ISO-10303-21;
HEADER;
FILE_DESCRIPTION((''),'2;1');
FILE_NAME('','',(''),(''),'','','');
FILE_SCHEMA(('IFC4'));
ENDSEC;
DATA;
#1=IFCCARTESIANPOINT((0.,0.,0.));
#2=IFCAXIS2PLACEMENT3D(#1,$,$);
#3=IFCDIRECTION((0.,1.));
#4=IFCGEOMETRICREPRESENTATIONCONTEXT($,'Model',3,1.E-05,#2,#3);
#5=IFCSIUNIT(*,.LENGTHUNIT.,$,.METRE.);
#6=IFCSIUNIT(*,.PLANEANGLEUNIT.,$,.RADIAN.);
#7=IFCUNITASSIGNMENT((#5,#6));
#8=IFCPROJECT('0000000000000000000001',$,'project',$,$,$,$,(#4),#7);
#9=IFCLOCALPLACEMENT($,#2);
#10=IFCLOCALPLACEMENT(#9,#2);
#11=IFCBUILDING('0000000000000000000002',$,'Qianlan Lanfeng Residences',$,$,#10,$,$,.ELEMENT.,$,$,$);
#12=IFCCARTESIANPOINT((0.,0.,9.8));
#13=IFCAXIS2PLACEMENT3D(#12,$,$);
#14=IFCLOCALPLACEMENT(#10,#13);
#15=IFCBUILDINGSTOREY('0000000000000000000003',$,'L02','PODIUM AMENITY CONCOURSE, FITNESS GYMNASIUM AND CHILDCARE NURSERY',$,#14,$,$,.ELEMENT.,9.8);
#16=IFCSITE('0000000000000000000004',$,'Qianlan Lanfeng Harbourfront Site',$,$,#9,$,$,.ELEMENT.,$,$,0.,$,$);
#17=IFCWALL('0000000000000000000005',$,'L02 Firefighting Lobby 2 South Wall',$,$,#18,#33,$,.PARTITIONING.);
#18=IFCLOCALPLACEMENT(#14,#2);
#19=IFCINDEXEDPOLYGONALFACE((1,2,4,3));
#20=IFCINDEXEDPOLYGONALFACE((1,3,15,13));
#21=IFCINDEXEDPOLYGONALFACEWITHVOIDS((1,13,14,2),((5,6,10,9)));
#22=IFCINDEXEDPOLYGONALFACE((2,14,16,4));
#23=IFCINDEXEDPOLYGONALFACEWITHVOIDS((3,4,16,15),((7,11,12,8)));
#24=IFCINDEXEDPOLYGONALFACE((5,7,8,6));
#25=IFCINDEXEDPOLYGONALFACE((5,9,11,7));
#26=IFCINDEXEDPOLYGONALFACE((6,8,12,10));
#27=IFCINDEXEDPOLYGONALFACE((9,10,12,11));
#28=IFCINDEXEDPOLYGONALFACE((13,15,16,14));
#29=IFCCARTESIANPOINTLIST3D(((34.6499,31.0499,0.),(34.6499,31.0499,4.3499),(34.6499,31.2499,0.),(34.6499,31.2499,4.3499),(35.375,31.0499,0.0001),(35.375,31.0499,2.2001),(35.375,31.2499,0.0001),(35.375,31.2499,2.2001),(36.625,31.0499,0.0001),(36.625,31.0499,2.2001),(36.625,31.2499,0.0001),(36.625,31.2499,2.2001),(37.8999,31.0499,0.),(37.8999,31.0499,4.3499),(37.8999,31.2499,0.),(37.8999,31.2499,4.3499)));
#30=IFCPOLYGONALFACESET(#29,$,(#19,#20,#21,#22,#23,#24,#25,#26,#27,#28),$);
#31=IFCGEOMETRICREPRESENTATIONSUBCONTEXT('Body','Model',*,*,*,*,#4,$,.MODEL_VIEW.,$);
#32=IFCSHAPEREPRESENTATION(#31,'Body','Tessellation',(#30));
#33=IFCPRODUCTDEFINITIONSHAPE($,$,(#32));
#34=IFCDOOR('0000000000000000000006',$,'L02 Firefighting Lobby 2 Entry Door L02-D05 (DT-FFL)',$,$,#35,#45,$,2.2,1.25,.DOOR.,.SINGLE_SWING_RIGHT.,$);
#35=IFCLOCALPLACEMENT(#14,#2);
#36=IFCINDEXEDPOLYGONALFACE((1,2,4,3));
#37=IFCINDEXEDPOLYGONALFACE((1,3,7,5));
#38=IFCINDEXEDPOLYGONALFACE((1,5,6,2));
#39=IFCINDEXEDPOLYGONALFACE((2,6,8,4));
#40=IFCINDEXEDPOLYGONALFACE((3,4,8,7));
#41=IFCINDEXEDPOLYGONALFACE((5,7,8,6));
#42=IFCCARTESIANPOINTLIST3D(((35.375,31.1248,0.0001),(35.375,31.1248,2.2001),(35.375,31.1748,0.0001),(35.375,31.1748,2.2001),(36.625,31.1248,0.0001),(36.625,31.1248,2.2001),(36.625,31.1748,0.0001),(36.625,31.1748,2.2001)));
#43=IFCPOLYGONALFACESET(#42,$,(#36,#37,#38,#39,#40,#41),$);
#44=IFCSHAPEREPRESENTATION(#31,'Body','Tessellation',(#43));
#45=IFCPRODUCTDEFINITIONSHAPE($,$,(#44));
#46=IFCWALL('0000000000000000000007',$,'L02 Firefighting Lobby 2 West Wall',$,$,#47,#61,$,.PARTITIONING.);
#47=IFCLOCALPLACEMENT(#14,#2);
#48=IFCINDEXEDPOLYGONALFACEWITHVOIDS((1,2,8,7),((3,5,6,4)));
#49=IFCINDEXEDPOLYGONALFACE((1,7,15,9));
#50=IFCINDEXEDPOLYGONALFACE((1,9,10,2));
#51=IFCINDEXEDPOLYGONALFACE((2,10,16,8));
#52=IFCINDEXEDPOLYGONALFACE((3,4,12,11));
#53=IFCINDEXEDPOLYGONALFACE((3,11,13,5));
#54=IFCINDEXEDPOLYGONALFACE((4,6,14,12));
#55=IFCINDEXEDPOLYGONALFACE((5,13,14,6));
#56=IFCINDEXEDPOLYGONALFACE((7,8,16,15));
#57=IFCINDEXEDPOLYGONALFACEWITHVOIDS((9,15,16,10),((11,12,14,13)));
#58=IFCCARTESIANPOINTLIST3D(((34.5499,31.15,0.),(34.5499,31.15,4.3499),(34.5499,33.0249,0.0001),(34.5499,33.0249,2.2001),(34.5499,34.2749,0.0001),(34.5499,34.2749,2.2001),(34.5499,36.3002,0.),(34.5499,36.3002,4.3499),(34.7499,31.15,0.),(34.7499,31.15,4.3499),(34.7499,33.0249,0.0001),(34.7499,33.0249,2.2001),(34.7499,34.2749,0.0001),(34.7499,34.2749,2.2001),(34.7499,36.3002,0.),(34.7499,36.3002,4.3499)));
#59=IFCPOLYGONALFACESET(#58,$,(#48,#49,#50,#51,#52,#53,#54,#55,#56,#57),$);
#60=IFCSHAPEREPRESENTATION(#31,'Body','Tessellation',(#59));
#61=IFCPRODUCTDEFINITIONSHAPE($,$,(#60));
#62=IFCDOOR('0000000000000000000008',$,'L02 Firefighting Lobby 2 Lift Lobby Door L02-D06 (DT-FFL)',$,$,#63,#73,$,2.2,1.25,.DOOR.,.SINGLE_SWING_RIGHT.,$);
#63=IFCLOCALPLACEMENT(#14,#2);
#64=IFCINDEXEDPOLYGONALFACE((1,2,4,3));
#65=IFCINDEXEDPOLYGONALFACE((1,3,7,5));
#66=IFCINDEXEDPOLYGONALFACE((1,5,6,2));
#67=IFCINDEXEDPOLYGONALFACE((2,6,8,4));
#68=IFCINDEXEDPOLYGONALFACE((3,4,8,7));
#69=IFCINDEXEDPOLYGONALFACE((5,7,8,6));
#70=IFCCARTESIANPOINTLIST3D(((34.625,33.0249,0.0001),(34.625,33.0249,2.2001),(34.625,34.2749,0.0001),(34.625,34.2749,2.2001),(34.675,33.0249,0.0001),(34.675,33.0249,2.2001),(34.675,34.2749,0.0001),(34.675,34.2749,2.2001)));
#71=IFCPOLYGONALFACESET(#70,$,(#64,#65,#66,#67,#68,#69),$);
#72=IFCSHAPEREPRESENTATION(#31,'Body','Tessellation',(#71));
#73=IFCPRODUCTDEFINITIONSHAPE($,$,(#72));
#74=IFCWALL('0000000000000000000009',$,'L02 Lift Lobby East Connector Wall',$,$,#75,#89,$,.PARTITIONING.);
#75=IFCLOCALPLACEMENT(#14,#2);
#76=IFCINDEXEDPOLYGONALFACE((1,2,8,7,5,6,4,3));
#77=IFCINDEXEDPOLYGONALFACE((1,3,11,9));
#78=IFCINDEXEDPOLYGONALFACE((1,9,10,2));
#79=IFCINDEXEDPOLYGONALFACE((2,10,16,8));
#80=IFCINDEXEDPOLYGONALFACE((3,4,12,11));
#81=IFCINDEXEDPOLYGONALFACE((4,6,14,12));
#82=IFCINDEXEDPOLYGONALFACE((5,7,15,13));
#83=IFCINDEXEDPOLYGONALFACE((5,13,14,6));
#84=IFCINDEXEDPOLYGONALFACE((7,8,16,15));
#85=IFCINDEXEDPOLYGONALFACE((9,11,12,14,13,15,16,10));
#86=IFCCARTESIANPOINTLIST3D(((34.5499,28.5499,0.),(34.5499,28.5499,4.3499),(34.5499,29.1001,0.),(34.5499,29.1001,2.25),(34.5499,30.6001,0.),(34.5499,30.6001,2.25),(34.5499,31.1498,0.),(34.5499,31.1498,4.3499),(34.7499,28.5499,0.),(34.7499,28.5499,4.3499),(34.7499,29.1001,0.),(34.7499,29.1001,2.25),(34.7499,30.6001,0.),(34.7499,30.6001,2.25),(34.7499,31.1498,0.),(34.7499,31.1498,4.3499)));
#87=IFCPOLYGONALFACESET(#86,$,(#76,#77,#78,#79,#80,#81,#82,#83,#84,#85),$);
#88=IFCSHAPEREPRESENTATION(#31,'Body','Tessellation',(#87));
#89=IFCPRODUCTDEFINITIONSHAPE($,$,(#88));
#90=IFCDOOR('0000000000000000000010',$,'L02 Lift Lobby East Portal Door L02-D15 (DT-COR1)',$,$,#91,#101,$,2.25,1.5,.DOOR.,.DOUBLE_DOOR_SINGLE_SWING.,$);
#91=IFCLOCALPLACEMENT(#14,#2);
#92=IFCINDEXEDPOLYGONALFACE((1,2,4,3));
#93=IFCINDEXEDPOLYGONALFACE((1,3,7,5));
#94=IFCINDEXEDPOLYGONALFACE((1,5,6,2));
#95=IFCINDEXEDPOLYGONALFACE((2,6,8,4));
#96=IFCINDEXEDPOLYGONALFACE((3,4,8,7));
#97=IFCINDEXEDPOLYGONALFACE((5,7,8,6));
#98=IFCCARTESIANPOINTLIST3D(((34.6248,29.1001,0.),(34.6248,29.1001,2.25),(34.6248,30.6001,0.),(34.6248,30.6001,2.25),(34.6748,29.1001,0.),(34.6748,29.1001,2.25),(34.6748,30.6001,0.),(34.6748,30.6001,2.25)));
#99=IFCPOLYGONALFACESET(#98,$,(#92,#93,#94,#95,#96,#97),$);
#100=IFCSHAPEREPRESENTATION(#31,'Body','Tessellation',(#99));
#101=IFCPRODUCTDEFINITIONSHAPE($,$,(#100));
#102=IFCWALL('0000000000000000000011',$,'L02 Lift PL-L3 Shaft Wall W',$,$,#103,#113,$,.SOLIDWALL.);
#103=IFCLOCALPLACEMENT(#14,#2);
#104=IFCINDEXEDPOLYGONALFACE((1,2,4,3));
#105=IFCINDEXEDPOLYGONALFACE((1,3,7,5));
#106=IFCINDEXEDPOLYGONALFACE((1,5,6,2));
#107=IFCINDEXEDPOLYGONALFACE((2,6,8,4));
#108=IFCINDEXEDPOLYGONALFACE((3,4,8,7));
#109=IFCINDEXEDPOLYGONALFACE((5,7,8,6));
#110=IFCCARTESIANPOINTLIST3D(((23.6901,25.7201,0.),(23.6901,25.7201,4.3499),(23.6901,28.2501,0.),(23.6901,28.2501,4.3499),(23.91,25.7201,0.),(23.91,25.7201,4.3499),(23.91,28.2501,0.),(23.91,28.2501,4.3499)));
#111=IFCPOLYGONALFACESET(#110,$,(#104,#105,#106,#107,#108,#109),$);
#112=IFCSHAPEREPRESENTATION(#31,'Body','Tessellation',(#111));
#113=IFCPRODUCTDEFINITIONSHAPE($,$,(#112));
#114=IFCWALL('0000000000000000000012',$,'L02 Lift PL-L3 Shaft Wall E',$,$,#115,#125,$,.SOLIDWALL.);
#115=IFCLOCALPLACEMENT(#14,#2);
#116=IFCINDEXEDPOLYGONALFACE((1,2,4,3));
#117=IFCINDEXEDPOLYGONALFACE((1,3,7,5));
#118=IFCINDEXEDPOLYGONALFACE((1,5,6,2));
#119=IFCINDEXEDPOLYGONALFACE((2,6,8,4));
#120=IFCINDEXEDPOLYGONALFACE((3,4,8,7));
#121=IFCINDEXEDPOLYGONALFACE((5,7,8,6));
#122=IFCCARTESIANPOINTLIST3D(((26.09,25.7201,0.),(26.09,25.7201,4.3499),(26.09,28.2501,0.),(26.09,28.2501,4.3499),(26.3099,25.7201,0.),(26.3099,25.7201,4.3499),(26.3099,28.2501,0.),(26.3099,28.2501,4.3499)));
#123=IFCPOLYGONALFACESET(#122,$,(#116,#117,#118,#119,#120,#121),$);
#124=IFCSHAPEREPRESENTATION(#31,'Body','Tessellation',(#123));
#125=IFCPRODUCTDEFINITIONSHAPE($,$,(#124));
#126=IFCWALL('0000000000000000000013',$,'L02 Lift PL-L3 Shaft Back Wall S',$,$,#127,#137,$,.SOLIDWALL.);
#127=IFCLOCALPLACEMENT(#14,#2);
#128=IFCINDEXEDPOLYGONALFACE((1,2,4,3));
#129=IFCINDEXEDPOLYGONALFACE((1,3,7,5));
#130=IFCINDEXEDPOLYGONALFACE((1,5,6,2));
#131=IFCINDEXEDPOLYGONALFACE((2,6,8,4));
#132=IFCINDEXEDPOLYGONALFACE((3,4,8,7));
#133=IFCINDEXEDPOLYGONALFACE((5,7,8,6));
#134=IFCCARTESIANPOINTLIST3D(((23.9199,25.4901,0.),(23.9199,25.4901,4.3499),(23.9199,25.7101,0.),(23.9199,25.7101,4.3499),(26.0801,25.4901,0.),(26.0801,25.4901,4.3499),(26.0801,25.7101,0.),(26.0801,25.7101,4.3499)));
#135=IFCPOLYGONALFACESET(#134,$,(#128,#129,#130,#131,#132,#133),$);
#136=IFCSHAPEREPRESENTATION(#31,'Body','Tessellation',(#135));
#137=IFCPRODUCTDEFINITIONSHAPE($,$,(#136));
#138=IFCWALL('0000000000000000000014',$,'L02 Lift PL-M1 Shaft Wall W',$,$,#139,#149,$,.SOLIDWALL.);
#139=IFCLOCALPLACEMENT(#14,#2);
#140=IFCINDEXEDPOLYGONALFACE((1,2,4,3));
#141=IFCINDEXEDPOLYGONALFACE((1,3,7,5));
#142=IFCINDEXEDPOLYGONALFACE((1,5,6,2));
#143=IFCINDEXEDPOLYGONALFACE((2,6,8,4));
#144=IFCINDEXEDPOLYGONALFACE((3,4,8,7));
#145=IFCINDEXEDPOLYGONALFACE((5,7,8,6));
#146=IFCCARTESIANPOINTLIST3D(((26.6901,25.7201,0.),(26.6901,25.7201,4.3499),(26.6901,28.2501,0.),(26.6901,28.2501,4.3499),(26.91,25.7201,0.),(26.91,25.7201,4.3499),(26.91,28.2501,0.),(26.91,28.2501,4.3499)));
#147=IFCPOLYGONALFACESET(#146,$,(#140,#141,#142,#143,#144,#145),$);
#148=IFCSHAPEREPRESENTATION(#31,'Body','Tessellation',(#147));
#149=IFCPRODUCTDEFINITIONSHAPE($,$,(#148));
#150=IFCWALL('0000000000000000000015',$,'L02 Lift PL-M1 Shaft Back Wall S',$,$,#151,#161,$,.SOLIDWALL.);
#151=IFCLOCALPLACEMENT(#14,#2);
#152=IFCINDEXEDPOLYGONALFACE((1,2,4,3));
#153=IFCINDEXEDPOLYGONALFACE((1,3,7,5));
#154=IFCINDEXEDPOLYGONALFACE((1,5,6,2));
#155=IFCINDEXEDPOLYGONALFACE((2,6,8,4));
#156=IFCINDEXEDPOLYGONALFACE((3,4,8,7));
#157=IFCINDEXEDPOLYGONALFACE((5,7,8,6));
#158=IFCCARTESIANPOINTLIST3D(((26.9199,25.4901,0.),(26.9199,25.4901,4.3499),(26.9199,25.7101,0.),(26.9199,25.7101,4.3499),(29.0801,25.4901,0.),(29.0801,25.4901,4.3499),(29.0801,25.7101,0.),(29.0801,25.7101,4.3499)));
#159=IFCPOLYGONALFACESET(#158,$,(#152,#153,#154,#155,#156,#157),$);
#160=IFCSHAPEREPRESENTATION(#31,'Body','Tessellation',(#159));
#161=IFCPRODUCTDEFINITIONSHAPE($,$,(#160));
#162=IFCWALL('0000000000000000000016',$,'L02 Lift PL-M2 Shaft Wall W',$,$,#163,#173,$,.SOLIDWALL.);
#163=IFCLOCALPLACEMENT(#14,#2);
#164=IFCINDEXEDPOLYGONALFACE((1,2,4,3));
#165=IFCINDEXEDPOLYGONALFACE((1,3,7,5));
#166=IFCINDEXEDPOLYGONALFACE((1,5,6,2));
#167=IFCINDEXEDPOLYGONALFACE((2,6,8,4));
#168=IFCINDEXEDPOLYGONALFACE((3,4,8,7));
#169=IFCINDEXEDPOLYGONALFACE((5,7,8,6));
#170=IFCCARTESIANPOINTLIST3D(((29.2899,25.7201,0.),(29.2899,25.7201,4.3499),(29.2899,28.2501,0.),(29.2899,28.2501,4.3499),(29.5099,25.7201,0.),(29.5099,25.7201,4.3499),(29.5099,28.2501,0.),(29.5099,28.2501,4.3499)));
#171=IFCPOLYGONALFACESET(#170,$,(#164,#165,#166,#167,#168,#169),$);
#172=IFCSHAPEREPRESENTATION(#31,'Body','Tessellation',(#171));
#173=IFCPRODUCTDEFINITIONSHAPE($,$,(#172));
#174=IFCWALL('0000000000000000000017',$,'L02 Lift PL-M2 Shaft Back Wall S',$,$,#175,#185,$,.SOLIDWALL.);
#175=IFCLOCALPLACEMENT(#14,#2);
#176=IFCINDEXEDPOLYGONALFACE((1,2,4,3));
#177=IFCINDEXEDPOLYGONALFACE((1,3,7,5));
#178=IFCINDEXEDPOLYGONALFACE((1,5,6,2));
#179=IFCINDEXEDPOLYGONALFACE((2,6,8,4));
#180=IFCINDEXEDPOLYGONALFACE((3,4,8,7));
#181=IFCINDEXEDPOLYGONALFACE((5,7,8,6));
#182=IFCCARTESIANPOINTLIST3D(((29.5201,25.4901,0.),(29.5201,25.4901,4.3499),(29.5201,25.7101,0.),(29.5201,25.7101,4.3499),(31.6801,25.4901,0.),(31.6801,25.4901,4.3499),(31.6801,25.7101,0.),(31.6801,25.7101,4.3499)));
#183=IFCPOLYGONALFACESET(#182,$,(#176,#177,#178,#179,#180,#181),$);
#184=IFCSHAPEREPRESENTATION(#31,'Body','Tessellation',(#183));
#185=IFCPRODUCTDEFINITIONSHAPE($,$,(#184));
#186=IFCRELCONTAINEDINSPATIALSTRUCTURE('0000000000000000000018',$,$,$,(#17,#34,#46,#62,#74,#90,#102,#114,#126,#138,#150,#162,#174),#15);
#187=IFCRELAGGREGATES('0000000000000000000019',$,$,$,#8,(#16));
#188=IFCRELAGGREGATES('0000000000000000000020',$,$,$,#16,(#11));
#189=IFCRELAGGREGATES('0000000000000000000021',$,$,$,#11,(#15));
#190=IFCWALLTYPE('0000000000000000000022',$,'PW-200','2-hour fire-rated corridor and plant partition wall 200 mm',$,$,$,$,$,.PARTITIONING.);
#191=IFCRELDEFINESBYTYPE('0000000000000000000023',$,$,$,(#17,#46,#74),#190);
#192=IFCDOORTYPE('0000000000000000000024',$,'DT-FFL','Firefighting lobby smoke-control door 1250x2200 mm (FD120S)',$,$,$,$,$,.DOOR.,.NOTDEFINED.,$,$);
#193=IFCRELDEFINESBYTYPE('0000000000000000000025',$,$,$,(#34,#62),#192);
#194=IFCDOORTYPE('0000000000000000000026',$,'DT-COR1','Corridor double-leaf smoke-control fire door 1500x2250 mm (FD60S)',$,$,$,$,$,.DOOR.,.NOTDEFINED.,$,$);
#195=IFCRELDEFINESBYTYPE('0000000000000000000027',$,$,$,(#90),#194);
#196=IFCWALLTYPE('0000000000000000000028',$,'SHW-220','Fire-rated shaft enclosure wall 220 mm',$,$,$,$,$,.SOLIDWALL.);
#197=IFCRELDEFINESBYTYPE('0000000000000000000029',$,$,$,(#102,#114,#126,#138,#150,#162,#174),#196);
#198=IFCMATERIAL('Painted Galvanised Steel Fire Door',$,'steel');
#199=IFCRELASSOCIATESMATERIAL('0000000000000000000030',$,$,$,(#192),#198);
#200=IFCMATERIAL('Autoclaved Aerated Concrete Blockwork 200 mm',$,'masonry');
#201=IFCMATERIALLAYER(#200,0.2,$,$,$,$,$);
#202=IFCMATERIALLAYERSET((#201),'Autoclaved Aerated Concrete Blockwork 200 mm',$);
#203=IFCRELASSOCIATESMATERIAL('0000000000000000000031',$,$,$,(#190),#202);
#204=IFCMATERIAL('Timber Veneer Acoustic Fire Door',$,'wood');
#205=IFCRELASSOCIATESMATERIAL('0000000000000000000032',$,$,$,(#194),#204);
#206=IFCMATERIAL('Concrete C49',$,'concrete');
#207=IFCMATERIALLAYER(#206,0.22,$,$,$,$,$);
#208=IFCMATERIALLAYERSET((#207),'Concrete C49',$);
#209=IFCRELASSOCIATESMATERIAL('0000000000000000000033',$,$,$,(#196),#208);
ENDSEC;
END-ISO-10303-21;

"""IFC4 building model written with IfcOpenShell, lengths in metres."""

from ifc_helpers import new_model, si_unit, direction, frame, frame_2d, origin, place, context, subcontext, project, spatial, rectangle, extrude, material, layer, layer_set, type_object, element, fill, save


model = new_model("IFC4")

# Units and contexts
model_context = context("Model", 3, precision=1e-05, world=origin(), true_north=direction((0.0, 1.0)))
body_context = subcontext(model_context, "Body", "Model", "MODEL_VIEW")
ifc_project = project(units=[si_unit("LENGTHUNIT", "METRE"), si_unit("PLANEANGLEUNIT", "RADIAN")], contexts=[model_context])

# Site, building, storey
site_placement = place(None, origin())
site = spatial("IfcSite", under=ifc_project, at=site_placement, Name="Qianlan Lanfeng Harbourfront Site", CompositionType="ELEMENT", RefElevation=0.0)
building_placement = place(site_placement, origin())
building = spatial("IfcBuilding", under=site, at=building_placement, Name="Qianlan Lanfeng Residences", CompositionType="ELEMENT")
storey_placement = place(building_placement, frame((0.0, 0.0, 9.8)))
storey = spatial("IfcBuildingStorey", under=building, at=storey_placement, Name="L02", Description="PODIUM AMENITY CONCOURSE, FITNESS GYMNASIUM AND CHILDCARE NURSERY", CompositionType="ELEMENT", Elevation=9.8)

# Shared definitions
ifc_material_1 = material(Name="Painted Galvanised Steel Fire Door", Category="steel")

# Shared definitions
door_type_1 = type_object("IfcDoorType", Name="DT-FFL", Description="Firefighting lobby smoke-control door 1250x2200 mm (FD120S)", OperationType="NOTDEFINED", PredefinedType="DOOR", material=ifc_material_1)

# Walls, openings, doors
ifc_material_2 = material(Name="Autoclaved Aerated Concrete Blockwork 200 mm", Category="masonry")
ifc_layer_1 = layer(ifc_material_2, 0.2)
ifc_layer_set_1 = layer_set([ifc_layer_1], Name="Autoclaved Aerated Concrete Blockwork 200 mm")
wall_type_1 = type_object("IfcWallType", Name="PW-200", Description="2-hour fire-rated corridor and plant partition wall 200 mm", PredefinedType="PARTITIONING", material=ifc_layer_set_1)
wall_1_placement = place(storey_placement, frame((34.6499, 31.1499, 0.0), z_axis=(0.0, 0.0, 1.0), x_axis=(1.0, 0.0, 0.0)))
wall_1 = element("IfcWall", 1, at=wall_1_placement, inside=storey, type_object=wall_type_1, Name="L02 Firefighting Lobby 2 South Wall", PredefinedType="PARTITIONING", context=body_context, shape_type="SweptSolid", body=[
    extrude(rectangle(XDim=3.25, YDim=0.2, at=frame_2d((1.625, 0.0))), origin(), (0.0, 0.0, 1.0), 4.3499),
])
opening_1_placement = place(wall_1_placement, frame((0.7251, 0.0, 0.0)))
opening_1 = element("IfcOpeningElement", 2, at=opening_1_placement, cuts=wall_1, PredefinedType="OPENING", context=body_context, shape_type="SweptSolid", body=[
    extrude(rectangle(XDim=1.25, YDim=2.2, at=frame_2d((0.625, 1.1001))), frame((0.0, 0.1099, 0.0), z_axis=(0.0, -1.0, 0.0), x_axis=(1.0, 0.0, 0.0)), (0.0, 0.0, 1.0), 0.22),
])
door_1_placement = place(opening_1_placement, origin())
door_1 = element("IfcDoor", 3, at=door_1_placement, inside=storey, type_object=door_type_1, Name="L02 Firefighting Lobby 2 Entry Door L02-D05 (DT-FFL)", OperationType="SINGLE_SWING_RIGHT", OverallHeight=2.2, OverallWidth=1.25, PredefinedType="DOOR", context=body_context, shape_type="SweptSolid", body=[
    extrude(rectangle(XDim=1.25, YDim=2.2, at=frame_2d((0.625, 1.1001))), frame((0.0, 0.0249, 0.0), z_axis=(0.0, -1.0, 0.0), x_axis=(1.0, 0.0, 0.0)), (0.0, 0.0, 1.0), 0.05),
])
fill(opening_1, door_1)
wall_2_placement = place(storey_placement, frame((34.6499, 31.1499, 0.0), z_axis=(0.0, 0.0, 1.0), x_axis=(0.0, 1.0, 0.0)))
wall_2 = element("IfcWall", 4, at=wall_2_placement, inside=storey, type_object=wall_type_1, Name="L02 Firefighting Lobby 2 West Wall", PredefinedType="PARTITIONING", context=body_context, shape_type="SweptSolid", body=[
    extrude(rectangle(XDim=5.1501, YDim=0.2, at=frame_2d((2.5752, 0.0))), origin(), (0.0, 0.0, 1.0), 4.3499),
])
opening_2_placement = place(wall_2_placement, frame((1.875, 0.0, 0.0)))
opening_2 = element("IfcOpeningElement", 5, at=opening_2_placement, cuts=wall_2, PredefinedType="OPENING", context=body_context, shape_type="SweptSolid", body=[
    extrude(rectangle(XDim=1.25, YDim=2.2, at=frame_2d((0.625, 1.1001))), frame((0.0, 0.1099, 0.0), z_axis=(0.0, -1.0, 0.0), x_axis=(1.0, 0.0, 0.0)), (0.0, 0.0, 1.0), 0.22),
])
door_2_placement = place(opening_2_placement, origin())
door_2 = element("IfcDoor", 6, at=door_2_placement, inside=storey, type_object=door_type_1, Name="L02 Firefighting Lobby 2 Lift Lobby Door L02-D06 (DT-FFL)", OperationType="SINGLE_SWING_RIGHT", OverallHeight=2.2, OverallWidth=1.25, PredefinedType="DOOR", context=body_context, shape_type="SweptSolid", body=[
    extrude(rectangle(XDim=1.25, YDim=2.2, at=frame_2d((0.625, 1.1001))), frame((0.0, 0.0249, 0.0), z_axis=(0.0, -1.0, 0.0), x_axis=(1.0, 0.0, 0.0)), (0.0, 0.0, 1.0), 0.05),
])
fill(opening_2, door_2)
wall_3_placement = place(storey_placement, frame((34.6499, 28.55, 0.0), z_axis=(0.0, 0.0, 1.0), x_axis=(0.0, 1.0, 0.0)))
wall_3 = element("IfcWall", 7, at=wall_3_placement, inside=storey, type_object=wall_type_1, Name="L02 Lift Lobby East Connector Wall", PredefinedType="PARTITIONING", context=body_context, shape_type="SweptSolid", body=[
    extrude(rectangle(XDim=2.5999, YDim=0.2, at=frame_2d((1.2998, 0.0))), origin(), (0.0, 0.0, 1.0), 4.3499),
])
opening_3_placement = place(wall_3_placement, frame((0.55, 0.0, 0.0)))
opening_3 = element("IfcOpeningElement", 8, at=opening_3_placement, cuts=wall_3, PredefinedType="OPENING", context=body_context, shape_type="SweptSolid", body=[
    extrude(rectangle(XDim=1.5, YDim=2.25, at=frame_2d((0.75, 1.125))), frame((0.0, 0.1099, 0.0), z_axis=(0.0, -1.0, 0.0), x_axis=(1.0, 0.0, 0.0)), (0.0, 0.0, 1.0), 0.22),
])
ifc_material_3 = material(Name="Timber Veneer Acoustic Fire Door", Category="wood")
door_type_2 = type_object("IfcDoorType", Name="DT-COR1", Description="Corridor double-leaf smoke-control fire door 1500x2250 mm (FD60S)", OperationType="NOTDEFINED", PredefinedType="DOOR", material=ifc_material_3)
door_3_placement = place(opening_3_placement, frame((1.5, 0.0, 0.0), z_axis=(0.0, 0.0, 1.0), x_axis=(-1.0, 0.0, 0.0)))
door_3 = element("IfcDoor", 9, at=door_3_placement, inside=storey, type_object=door_type_2, Name="L02 Lift Lobby East Portal Door L02-D15 (DT-COR1)", OperationType="DOUBLE_DOOR_SINGLE_SWING", OverallHeight=2.25, OverallWidth=1.5, PredefinedType="DOOR", context=body_context, shape_type="SweptSolid", body=[
    extrude(rectangle(XDim=1.5, YDim=2.25, at=frame_2d((0.75, 1.125))), frame((0.0, 0.0249, 0.0), z_axis=(0.0, -1.0, 0.0), x_axis=(1.0, 0.0, 0.0)), (0.0, 0.0, 1.0), 0.05),
])
fill(opening_3, door_3)

# Walls
ifc_material_4 = material(Name="Concrete C49", Category="concrete")
ifc_layer_2 = layer(ifc_material_4, 0.22)
ifc_layer_set_2 = layer_set([ifc_layer_2], Name="Concrete C49")
wall_type_2 = type_object("IfcWallType", Name="SHW-220", Description="Fire-rated shaft enclosure wall 220 mm", PredefinedType="SOLIDWALL", material=ifc_layer_set_2)
for number, where, z_axis, x_axis, name in (
    (10, (23.8, 25.72, 0.0), (0.0, 0.0, 1.0), (0.0, 1.0, 0.0), "L02 Lift PL-L3 Shaft Wall W"),
    (11, (26.2, 25.72, 0.0), (0.0, 0.0, 1.0), (0.0, 1.0, 0.0), "L02 Lift PL-L3 Shaft Wall E"),
):
    element("IfcWall", number, at=place(storey_placement, frame(where, z_axis=z_axis, x_axis=x_axis)), inside=storey, type_object=wall_type_2, Name=name, PredefinedType="SOLIDWALL", context=body_context, shape_type="SweptSolid", body=[
        extrude(rectangle(XDim=2.53, YDim=0.22, at=frame_2d((1.2651, 0.0))), origin(), (0.0, 0.0, 1.0), 4.3499),
    ])
wall_4_placement = place(storey_placement, frame((23.9199, 25.6001, 0.0), z_axis=(0.0, 0.0, 1.0), x_axis=(1.0, 0.0, 0.0)))
element("IfcWall", 12, at=wall_4_placement, inside=storey, type_object=wall_type_2, Name="L02 Lift PL-L3 Shaft Back Wall S", PredefinedType="SOLIDWALL", context=body_context, shape_type="SweptSolid", body=[
    extrude(rectangle(XDim=2.1602, YDim=0.22, at=frame_2d((1.0801, 0.0))), origin(), (0.0, 0.0, 1.0), 4.3499),
])
wall_5_placement = place(storey_placement, frame((26.8, 25.72, 0.0), z_axis=(0.0, 0.0, 1.0), x_axis=(0.0, 1.0, 0.0)))
element("IfcWall", 13, at=wall_5_placement, inside=storey, type_object=wall_type_2, Name="L02 Lift PL-M1 Shaft Wall W", PredefinedType="SOLIDWALL", context=body_context, shape_type="SweptSolid", body=[
    extrude(rectangle(XDim=2.53, YDim=0.22, at=frame_2d((1.2651, 0.0))), origin(), (0.0, 0.0, 1.0), 4.3499),
])
wall_6_placement = place(storey_placement, frame((26.9199, 25.6001, 0.0), z_axis=(0.0, 0.0, 1.0), x_axis=(1.0, 0.0, 0.0)))
element("IfcWall", 14, at=wall_6_placement, inside=storey, type_object=wall_type_2, Name="L02 Lift PL-M1 Shaft Back Wall S", PredefinedType="SOLIDWALL", context=body_context, shape_type="SweptSolid", body=[
    extrude(rectangle(XDim=2.1602, YDim=0.22, at=frame_2d((1.0801, 0.0))), origin(), (0.0, 0.0, 1.0), 4.3499),
])
wall_7_placement = place(storey_placement, frame((29.3999, 25.72, 0.0), z_axis=(0.0, 0.0, 1.0), x_axis=(0.0, 1.0, 0.0)))
element("IfcWall", 15, at=wall_7_placement, inside=storey, type_object=wall_type_2, Name="L02 Lift PL-M2 Shaft Wall W", PredefinedType="SOLIDWALL", context=body_context, shape_type="SweptSolid", body=[
    extrude(rectangle(XDim=2.53, YDim=0.22, at=frame_2d((1.2651, 0.0))), origin(), (0.0, 0.0, 1.0), 4.3499),
])
wall_8_placement = place(storey_placement, frame((29.52, 25.6001, 0.0), z_axis=(0.0, 0.0, 1.0), x_axis=(1.0, 0.0, 0.0)))
element("IfcWall", 16, at=wall_8_placement, inside=storey, type_object=wall_type_2, Name="L02 Lift PL-M2 Shaft Back Wall S", PredefinedType="SOLIDWALL", context=body_context, shape_type="SweptSolid", body=[
    extrude(rectangle(XDim=2.1599, YDim=0.22, at=frame_2d((1.0801, 0.0))), origin(), (0.0, 0.0, 1.0), 4.3499),
])

save(model, "model.ifc")
